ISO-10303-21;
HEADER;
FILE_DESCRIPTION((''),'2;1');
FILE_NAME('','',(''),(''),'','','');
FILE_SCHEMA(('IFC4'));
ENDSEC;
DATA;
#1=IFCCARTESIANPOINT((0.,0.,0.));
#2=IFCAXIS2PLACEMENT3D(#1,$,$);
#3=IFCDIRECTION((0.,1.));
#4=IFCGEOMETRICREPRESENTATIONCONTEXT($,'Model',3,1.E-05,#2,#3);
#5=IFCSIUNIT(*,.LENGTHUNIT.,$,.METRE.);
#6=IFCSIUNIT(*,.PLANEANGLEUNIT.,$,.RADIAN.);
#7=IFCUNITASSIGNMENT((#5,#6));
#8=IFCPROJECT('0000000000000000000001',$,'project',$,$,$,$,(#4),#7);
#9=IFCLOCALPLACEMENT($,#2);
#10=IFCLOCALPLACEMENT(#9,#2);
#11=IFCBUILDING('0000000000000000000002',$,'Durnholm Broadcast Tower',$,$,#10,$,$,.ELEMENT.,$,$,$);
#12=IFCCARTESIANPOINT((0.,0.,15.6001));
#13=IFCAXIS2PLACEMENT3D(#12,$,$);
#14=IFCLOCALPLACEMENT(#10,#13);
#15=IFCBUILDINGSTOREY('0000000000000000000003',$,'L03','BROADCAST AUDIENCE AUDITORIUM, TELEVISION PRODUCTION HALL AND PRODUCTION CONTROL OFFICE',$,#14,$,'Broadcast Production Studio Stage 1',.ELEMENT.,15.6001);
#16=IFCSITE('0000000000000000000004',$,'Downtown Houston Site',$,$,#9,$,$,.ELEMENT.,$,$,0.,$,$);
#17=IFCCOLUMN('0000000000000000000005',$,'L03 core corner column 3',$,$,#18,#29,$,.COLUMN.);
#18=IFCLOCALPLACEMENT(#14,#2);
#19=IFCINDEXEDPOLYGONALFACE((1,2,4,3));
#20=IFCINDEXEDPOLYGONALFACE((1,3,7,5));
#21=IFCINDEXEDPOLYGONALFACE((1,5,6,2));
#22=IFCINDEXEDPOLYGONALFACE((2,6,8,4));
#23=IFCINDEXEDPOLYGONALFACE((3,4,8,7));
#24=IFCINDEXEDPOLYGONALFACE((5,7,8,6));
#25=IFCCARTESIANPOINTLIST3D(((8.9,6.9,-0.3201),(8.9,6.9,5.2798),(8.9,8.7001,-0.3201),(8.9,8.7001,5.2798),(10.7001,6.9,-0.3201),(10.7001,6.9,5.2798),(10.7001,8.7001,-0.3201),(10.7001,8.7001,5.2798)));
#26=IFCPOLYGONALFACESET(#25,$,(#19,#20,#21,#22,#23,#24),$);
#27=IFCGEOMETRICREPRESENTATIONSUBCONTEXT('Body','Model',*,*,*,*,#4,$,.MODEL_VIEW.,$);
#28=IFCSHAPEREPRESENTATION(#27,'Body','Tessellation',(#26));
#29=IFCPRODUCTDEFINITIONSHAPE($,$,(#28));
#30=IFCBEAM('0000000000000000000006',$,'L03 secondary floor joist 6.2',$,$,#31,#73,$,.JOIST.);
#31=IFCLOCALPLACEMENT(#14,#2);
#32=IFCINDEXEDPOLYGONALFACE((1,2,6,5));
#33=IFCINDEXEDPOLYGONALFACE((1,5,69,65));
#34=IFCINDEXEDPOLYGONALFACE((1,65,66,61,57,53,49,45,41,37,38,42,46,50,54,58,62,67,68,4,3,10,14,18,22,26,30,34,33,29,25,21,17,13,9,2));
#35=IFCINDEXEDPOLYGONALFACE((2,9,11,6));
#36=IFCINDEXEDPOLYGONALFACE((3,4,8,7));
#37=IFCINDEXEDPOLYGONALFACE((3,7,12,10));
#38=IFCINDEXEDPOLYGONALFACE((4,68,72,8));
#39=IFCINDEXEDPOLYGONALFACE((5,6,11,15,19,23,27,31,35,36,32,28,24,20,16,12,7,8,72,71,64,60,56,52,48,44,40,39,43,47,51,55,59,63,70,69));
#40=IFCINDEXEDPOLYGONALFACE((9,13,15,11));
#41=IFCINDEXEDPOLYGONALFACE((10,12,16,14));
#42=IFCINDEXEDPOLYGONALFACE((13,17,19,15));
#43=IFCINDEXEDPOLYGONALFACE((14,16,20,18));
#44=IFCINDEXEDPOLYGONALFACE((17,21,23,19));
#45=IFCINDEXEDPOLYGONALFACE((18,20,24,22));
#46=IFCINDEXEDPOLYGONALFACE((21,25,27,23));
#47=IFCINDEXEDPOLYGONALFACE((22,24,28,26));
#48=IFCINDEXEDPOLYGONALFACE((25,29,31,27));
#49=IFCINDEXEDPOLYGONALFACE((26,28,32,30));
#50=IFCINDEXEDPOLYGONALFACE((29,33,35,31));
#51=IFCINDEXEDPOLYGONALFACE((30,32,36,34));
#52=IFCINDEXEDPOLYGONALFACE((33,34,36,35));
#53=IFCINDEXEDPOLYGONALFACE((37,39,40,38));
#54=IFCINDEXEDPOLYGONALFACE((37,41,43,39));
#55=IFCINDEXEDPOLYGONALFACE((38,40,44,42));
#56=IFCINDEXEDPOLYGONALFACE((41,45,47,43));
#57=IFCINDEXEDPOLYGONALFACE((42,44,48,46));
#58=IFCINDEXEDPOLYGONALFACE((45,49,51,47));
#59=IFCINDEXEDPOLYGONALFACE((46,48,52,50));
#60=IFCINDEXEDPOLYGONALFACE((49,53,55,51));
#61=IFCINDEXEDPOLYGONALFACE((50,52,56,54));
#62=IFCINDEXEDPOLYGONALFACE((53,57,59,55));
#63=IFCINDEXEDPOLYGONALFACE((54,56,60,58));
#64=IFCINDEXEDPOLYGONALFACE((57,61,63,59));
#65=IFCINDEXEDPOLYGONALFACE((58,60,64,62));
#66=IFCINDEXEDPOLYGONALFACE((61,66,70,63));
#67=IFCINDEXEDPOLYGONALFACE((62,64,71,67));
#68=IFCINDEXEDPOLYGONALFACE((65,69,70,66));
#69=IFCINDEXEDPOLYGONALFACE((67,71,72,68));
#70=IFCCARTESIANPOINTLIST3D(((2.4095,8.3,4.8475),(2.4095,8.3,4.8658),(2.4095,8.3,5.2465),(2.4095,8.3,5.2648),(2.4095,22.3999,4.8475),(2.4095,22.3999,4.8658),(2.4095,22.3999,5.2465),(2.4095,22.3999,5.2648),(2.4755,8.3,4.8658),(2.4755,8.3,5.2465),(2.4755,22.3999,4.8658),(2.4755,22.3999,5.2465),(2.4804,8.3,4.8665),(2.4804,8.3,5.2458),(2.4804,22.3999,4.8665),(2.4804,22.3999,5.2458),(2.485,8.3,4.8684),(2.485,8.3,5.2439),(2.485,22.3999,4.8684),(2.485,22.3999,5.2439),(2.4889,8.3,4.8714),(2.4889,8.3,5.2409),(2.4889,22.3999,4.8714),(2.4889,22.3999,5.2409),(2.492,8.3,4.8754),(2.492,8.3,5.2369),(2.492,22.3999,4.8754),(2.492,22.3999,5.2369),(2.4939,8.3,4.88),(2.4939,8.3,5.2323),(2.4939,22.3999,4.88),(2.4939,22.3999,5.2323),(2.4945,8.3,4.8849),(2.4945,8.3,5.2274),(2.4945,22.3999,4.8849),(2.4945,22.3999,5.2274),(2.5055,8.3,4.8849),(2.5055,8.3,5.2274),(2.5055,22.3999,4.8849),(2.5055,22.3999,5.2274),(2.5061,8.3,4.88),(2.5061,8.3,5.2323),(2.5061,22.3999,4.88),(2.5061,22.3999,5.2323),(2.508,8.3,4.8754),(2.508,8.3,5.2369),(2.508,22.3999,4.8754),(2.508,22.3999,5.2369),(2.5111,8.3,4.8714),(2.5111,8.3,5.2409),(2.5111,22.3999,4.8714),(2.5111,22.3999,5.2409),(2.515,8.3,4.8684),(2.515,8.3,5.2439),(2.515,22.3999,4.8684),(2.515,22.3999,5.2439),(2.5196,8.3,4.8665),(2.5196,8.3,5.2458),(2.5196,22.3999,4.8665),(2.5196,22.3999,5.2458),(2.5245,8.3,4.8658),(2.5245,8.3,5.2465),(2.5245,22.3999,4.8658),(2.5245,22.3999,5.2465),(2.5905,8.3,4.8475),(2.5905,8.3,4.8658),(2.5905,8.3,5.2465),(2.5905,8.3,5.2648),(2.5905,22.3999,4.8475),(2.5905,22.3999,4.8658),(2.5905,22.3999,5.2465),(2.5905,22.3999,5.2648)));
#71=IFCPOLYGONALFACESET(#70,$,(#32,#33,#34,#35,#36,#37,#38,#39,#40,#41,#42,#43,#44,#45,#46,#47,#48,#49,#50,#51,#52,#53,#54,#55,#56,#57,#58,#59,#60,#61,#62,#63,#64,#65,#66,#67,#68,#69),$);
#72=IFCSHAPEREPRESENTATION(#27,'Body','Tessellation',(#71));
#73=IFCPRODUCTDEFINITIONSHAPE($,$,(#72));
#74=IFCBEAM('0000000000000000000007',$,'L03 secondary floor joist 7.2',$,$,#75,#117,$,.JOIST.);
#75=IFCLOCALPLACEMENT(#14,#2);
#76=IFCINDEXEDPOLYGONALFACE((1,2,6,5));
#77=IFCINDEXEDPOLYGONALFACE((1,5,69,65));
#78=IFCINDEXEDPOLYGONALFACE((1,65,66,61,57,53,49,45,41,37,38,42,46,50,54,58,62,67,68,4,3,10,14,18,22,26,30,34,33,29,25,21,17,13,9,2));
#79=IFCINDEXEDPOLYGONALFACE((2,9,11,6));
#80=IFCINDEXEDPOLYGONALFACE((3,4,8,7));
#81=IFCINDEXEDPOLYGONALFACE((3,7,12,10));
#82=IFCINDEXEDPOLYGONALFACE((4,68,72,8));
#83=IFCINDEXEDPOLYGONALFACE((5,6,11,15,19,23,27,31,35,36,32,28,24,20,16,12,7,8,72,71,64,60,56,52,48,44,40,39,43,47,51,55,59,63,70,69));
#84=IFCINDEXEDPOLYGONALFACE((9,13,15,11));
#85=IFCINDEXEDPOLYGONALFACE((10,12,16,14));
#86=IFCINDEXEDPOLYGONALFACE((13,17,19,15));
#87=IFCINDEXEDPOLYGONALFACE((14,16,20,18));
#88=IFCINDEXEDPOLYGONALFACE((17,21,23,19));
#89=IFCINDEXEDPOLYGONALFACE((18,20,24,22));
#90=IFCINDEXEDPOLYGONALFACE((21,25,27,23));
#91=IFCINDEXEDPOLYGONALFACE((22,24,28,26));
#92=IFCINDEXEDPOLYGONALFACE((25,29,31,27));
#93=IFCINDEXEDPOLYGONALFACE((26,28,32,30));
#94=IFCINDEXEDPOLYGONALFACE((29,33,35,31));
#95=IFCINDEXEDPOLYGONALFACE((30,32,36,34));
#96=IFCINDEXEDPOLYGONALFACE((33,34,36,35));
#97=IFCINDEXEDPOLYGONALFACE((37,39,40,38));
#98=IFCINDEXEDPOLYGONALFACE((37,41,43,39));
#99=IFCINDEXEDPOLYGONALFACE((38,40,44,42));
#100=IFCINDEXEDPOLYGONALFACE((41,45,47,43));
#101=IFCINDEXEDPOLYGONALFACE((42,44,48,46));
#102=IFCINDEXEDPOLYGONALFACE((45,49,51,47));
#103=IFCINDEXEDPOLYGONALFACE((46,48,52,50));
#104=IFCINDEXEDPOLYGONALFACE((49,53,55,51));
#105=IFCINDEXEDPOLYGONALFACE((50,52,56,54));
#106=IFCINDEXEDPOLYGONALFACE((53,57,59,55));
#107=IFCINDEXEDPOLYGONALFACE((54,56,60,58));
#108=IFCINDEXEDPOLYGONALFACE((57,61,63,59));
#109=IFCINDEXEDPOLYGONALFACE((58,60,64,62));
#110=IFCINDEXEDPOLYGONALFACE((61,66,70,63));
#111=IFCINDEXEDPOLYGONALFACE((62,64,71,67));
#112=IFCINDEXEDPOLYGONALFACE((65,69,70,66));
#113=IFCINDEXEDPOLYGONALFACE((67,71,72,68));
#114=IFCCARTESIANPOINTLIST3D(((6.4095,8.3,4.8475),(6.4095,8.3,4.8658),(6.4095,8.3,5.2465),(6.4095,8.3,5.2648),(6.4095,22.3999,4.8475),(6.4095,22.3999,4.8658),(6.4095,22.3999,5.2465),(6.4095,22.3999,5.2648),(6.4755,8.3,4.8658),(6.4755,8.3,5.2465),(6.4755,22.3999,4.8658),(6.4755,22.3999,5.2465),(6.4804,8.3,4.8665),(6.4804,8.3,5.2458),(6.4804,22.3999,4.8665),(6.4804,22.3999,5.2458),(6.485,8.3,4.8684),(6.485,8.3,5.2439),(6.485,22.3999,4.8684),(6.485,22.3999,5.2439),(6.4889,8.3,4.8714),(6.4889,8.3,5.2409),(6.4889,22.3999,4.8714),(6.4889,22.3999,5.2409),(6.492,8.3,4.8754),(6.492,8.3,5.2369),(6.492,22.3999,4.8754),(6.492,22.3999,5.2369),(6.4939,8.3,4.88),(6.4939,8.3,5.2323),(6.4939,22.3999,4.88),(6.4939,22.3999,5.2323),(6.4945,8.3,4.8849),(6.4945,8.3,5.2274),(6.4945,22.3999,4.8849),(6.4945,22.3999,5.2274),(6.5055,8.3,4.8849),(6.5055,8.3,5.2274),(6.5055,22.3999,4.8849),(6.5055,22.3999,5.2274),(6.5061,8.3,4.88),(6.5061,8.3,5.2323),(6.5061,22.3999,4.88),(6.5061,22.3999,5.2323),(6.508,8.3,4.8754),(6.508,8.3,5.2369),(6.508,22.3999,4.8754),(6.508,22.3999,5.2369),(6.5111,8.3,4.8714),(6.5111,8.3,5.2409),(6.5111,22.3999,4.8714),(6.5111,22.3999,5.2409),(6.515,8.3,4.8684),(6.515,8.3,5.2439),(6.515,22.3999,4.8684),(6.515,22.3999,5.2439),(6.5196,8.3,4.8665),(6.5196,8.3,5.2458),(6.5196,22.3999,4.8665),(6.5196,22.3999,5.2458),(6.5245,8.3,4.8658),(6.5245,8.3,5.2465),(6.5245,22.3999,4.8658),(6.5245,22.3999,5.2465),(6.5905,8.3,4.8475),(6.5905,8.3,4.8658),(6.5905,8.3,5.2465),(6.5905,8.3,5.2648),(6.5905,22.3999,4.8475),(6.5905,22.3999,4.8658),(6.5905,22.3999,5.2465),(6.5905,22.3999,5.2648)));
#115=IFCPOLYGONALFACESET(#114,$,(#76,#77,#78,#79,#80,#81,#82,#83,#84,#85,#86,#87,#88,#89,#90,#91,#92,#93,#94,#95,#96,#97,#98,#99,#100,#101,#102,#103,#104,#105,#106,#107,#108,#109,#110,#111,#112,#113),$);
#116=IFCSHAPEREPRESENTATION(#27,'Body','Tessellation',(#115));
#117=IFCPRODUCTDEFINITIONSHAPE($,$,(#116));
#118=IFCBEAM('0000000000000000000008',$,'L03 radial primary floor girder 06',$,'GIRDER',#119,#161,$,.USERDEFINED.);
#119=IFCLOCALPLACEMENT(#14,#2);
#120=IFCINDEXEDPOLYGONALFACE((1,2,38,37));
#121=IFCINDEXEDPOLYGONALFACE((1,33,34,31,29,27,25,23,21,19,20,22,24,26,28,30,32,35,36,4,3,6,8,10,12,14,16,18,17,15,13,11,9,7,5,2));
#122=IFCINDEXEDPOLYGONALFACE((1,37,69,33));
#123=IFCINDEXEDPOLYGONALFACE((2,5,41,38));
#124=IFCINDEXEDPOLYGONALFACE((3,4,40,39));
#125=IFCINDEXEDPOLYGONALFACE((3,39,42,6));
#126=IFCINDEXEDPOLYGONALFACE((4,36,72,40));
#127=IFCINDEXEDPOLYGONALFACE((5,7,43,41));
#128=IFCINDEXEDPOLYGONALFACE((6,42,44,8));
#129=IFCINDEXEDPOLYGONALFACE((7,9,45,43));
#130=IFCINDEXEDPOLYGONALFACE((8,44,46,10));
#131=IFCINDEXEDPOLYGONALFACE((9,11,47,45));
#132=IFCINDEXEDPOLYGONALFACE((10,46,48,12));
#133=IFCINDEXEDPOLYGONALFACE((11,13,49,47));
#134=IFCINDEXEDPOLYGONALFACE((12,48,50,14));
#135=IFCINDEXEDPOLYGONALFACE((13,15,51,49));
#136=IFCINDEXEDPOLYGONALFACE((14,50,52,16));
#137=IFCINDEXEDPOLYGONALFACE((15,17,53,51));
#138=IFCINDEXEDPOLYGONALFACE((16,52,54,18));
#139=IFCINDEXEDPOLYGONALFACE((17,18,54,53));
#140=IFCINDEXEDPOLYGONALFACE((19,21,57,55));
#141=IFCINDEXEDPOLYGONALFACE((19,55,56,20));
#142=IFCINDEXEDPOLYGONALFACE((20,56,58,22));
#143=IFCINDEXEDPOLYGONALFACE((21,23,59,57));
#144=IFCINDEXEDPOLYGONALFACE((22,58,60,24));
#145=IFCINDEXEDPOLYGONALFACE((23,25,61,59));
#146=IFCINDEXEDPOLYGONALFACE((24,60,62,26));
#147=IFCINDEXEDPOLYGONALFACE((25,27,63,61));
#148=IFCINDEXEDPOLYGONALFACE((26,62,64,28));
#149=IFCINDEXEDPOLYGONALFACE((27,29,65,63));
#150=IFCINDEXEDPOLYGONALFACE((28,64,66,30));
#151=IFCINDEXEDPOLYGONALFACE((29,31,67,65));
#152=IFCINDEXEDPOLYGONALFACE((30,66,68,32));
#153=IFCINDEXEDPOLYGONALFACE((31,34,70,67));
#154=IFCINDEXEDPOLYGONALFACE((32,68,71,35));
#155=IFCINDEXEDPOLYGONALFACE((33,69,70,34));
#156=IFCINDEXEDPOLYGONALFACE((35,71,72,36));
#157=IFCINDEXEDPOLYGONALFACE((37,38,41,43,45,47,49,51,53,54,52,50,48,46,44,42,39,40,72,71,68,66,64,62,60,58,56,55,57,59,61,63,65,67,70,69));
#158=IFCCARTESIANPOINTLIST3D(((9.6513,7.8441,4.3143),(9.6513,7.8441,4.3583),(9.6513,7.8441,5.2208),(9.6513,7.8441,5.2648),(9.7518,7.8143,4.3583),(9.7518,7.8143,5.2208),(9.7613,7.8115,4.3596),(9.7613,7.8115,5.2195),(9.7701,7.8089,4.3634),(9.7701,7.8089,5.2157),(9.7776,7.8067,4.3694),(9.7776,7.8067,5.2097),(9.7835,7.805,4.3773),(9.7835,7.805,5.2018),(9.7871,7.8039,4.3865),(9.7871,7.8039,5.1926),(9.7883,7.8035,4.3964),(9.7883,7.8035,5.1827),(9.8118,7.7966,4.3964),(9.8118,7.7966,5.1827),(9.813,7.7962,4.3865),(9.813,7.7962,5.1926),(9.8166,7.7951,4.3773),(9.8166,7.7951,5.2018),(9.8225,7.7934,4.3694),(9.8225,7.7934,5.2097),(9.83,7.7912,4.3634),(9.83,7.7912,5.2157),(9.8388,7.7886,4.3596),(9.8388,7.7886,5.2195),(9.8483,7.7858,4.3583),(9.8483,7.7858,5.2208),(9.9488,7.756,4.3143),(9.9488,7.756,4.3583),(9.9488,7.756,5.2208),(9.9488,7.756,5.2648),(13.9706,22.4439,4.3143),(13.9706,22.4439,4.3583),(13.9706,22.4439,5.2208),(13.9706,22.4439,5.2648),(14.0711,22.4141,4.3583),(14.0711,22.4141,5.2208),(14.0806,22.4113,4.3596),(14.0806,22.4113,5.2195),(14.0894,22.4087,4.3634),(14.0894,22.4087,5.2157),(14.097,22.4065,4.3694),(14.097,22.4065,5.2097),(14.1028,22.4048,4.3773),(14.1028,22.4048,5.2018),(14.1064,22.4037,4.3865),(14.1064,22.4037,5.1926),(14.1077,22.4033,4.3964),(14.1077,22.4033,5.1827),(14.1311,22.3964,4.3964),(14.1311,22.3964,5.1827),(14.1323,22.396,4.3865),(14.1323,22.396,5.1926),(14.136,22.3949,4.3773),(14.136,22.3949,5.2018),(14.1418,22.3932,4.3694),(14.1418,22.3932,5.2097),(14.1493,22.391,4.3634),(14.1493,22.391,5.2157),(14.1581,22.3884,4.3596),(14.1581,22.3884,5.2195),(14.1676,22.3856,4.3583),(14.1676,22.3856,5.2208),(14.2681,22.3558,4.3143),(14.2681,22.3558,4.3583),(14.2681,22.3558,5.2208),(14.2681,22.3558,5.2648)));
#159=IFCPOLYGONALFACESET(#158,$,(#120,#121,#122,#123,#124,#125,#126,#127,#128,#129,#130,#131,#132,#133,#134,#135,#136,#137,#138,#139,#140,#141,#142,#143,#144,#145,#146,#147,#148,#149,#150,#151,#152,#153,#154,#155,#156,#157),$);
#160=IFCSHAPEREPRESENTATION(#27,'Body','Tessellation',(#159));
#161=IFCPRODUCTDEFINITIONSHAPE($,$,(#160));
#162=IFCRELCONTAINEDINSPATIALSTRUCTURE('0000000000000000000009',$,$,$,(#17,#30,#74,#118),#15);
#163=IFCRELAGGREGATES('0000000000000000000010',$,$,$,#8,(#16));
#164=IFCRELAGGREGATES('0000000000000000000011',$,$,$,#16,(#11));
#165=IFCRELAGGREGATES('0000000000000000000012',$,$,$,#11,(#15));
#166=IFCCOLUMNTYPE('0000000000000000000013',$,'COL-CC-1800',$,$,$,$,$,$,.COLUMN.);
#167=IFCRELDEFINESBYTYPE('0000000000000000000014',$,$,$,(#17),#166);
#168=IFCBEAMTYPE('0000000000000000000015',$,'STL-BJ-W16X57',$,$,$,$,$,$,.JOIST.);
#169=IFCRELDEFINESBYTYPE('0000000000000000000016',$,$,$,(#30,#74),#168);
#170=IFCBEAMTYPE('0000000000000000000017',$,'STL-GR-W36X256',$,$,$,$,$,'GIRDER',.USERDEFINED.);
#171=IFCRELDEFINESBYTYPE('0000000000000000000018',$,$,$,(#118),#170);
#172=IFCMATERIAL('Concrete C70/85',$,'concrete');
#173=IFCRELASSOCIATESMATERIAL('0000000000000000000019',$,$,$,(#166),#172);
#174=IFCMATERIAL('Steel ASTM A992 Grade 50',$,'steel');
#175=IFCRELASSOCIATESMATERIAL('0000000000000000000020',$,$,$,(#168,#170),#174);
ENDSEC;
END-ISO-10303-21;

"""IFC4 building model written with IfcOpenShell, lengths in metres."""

from ifc_helpers import new_model, si_unit, direction, frame, origin, origin_2d, place, context, subcontext, project, spatial, rectangle, i_section, extrude, source, transform, mapped, material, material_profile, profile_set, type_object, type_shapes, element, save


model = new_model("IFC4")

# Units and contexts
model_context = context("Model", 3, precision=1e-05, world=origin(), true_north=direction((0.0, 1.0)))
body_context = subcontext(model_context, "Body", "Model", "MODEL_VIEW")
ifc_project = project(units=[si_unit("LENGTHUNIT", "METRE"), si_unit("PLANEANGLEUNIT", "RADIAN")], contexts=[model_context])

# Site, building, storey
site_placement = place(None, origin())
site = spatial("IfcSite", under=ifc_project, at=site_placement, Name="Downtown Houston Site", CompositionType="ELEMENT", RefElevation=0.0)
building_placement = place(site_placement, origin())
building = spatial("IfcBuilding", under=site, at=building_placement, Name="Durnholm Broadcast Tower", CompositionType="ELEMENT")
storey_placement = place(building_placement, frame((0.0, 0.0, 15.6001)))
storey = spatial("IfcBuildingStorey", under=building, at=storey_placement, Name="L03", Description="BROADCAST AUDIENCE AUDITORIUM, TELEVISION PRODUCTION HALL AND PRODUCTION CONTROL OFFICE", LongName="Broadcast Production Studio Stage 1", CompositionType="ELEMENT", Elevation=15.6001)

# Column
ifc_material_1 = material(Name="Concrete C70/85", Category="concrete")
ifc_material_profile_1 = material_profile(ifc_material_1, rectangle(XDim=1.8, YDim=1.8, at=origin_2d()), Name="RC1800X1800")
ifc_profile_set_1 = profile_set([ifc_material_profile_1], Name="Concrete C70/85")
column_type = type_object("IfcColumnType", Name="COL-CC-1800", PredefinedType="COLUMN", material=ifc_profile_set_1)
shared_shape_1 = source(origin(), body_context, "Body", "SweptSolid", [
    extrude(rectangle(XDim=1.8, YDim=1.8, at=origin_2d()), origin(), (0.0, 0.0, 1.0), 5.5999),
])
type_shapes(column_type, [shared_shape_1])
column_placement = place(storey_placement, frame((9.8, 7.8, -0.3201), z_axis=(0.0, 0.0, 1.0), x_axis=(1.0, 0.0, 0.0)))
element("IfcColumn", 1, at=column_placement, inside=storey, type_object=column_type, Name="L03 core corner column 3", PredefinedType="COLUMN", context=body_context, shape_type="MappedRepresentation", body=[
    mapped(shared_shape_1, transform((0.0, 0.0, 0.0), x_axis=(1.0, 0.0, 0.0), y_axis=(0.0, 1.0, 0.0), z_axis=(0.0, 0.0, 1.0), scale=1.0)),
])

# Beams
ifc_material_2 = material(Name="Steel ASTM A992 Grade 50", Category="steel")
ifc_material_profile_2 = material_profile(ifc_material_2, i_section(OverallWidth=0.1809, OverallDepth=0.4172, WebThickness=0.011, FlangeThickness=0.0183, FilletRadius=0.019, at=origin_2d()), Name="W16X57")
ifc_profile_set_2 = profile_set([ifc_material_profile_2], Name="Steel ASTM A992 Grade 50")
beam_type_1 = type_object("IfcBeamType", Name="STL-BJ-W16X57", PredefinedType="JOIST", material=ifc_profile_set_2)
shared_shape_2 = source(origin(), body_context, "Body", "SweptSolid", [
    extrude(i_section(OverallWidth=0.1809, OverallDepth=0.4172, WebThickness=0.011, FlangeThickness=0.0183, FilletRadius=0.019, at=origin_2d()), origin(), (0.0, 0.0, 1.0), 14.0999),
])
type_shapes(beam_type_1, [shared_shape_2])
for number, where, z_axis, x_axis, name in (
    (2, (2.5, 8.3, 5.0562), (0.0, 1.0, 0.0), (-1.0, 0.0, 0.0), "L03 secondary floor joist 6.2"),
    (3, (6.5, 8.3, 5.0562), (0.0, 1.0, 0.0), (-1.0, 0.0, 0.0), "L03 secondary floor joist 7.2"),
):
    element("IfcBeam", number, at=place(storey_placement, frame(where, z_axis=z_axis, x_axis=x_axis)), inside=storey, type_object=beam_type_1, Name=name, PredefinedType="JOIST", context=body_context, shape_type="MappedRepresentation", body=[
        mapped(shared_shape_2, transform((0.0, 0.0, 0.0), x_axis=(1.0, 0.0, 0.0), y_axis=(0.0, 1.0, 0.0), z_axis=(0.0, 0.0, 1.0), scale=1.0)),
    ])
ifc_material_profile_3 = material_profile(ifc_material_2, i_section(OverallWidth=0.3103, OverallDepth=0.9504, WebThickness=0.0244, FlangeThickness=0.0439, FilletRadius=0.0381, at=origin_2d()), Name="W36X256")
ifc_profile_set_3 = profile_set([ifc_material_profile_3], Name="Steel ASTM A992 Grade 50")
beam_type_2 = type_object("IfcBeamType", Name="STL-GR-W36X256", ElementType="GIRDER", PredefinedType="USERDEFINED", material=ifc_profile_set_3)
shared_shape_3 = source(origin(), body_context, "Body", "SweptSolid", [
    extrude(i_section(OverallWidth=0.3103, OverallDepth=0.9504, WebThickness=0.0244, FlangeThickness=0.0439, FilletRadius=0.0381, at=origin_2d()), origin(), (0.0, 0.0, 1.0), 15.2253),
])
beam_1_placement = place(storey_placement, frame((9.8, 7.8, 4.7896), z_axis=(0.283693, 0.958915, 0.0), x_axis=(-0.958915, 0.283693, 0.0)))
element("IfcBeam", 4, at=beam_1_placement, inside=storey, type_object=beam_type_2, Name="L03 radial primary floor girder 06", ObjectType="GIRDER", PredefinedType="USERDEFINED", context=body_context, shape_type="MappedRepresentation", body=[
    mapped(shared_shape_3, transform((0.0, 0.0, 0.0), x_axis=(1.0, 0.0, 0.0), y_axis=(0.0, 1.0, 0.0), z_axis=(0.0, 0.0, 1.0), scale=1.0)),
])

save(model, "model.ifc")
